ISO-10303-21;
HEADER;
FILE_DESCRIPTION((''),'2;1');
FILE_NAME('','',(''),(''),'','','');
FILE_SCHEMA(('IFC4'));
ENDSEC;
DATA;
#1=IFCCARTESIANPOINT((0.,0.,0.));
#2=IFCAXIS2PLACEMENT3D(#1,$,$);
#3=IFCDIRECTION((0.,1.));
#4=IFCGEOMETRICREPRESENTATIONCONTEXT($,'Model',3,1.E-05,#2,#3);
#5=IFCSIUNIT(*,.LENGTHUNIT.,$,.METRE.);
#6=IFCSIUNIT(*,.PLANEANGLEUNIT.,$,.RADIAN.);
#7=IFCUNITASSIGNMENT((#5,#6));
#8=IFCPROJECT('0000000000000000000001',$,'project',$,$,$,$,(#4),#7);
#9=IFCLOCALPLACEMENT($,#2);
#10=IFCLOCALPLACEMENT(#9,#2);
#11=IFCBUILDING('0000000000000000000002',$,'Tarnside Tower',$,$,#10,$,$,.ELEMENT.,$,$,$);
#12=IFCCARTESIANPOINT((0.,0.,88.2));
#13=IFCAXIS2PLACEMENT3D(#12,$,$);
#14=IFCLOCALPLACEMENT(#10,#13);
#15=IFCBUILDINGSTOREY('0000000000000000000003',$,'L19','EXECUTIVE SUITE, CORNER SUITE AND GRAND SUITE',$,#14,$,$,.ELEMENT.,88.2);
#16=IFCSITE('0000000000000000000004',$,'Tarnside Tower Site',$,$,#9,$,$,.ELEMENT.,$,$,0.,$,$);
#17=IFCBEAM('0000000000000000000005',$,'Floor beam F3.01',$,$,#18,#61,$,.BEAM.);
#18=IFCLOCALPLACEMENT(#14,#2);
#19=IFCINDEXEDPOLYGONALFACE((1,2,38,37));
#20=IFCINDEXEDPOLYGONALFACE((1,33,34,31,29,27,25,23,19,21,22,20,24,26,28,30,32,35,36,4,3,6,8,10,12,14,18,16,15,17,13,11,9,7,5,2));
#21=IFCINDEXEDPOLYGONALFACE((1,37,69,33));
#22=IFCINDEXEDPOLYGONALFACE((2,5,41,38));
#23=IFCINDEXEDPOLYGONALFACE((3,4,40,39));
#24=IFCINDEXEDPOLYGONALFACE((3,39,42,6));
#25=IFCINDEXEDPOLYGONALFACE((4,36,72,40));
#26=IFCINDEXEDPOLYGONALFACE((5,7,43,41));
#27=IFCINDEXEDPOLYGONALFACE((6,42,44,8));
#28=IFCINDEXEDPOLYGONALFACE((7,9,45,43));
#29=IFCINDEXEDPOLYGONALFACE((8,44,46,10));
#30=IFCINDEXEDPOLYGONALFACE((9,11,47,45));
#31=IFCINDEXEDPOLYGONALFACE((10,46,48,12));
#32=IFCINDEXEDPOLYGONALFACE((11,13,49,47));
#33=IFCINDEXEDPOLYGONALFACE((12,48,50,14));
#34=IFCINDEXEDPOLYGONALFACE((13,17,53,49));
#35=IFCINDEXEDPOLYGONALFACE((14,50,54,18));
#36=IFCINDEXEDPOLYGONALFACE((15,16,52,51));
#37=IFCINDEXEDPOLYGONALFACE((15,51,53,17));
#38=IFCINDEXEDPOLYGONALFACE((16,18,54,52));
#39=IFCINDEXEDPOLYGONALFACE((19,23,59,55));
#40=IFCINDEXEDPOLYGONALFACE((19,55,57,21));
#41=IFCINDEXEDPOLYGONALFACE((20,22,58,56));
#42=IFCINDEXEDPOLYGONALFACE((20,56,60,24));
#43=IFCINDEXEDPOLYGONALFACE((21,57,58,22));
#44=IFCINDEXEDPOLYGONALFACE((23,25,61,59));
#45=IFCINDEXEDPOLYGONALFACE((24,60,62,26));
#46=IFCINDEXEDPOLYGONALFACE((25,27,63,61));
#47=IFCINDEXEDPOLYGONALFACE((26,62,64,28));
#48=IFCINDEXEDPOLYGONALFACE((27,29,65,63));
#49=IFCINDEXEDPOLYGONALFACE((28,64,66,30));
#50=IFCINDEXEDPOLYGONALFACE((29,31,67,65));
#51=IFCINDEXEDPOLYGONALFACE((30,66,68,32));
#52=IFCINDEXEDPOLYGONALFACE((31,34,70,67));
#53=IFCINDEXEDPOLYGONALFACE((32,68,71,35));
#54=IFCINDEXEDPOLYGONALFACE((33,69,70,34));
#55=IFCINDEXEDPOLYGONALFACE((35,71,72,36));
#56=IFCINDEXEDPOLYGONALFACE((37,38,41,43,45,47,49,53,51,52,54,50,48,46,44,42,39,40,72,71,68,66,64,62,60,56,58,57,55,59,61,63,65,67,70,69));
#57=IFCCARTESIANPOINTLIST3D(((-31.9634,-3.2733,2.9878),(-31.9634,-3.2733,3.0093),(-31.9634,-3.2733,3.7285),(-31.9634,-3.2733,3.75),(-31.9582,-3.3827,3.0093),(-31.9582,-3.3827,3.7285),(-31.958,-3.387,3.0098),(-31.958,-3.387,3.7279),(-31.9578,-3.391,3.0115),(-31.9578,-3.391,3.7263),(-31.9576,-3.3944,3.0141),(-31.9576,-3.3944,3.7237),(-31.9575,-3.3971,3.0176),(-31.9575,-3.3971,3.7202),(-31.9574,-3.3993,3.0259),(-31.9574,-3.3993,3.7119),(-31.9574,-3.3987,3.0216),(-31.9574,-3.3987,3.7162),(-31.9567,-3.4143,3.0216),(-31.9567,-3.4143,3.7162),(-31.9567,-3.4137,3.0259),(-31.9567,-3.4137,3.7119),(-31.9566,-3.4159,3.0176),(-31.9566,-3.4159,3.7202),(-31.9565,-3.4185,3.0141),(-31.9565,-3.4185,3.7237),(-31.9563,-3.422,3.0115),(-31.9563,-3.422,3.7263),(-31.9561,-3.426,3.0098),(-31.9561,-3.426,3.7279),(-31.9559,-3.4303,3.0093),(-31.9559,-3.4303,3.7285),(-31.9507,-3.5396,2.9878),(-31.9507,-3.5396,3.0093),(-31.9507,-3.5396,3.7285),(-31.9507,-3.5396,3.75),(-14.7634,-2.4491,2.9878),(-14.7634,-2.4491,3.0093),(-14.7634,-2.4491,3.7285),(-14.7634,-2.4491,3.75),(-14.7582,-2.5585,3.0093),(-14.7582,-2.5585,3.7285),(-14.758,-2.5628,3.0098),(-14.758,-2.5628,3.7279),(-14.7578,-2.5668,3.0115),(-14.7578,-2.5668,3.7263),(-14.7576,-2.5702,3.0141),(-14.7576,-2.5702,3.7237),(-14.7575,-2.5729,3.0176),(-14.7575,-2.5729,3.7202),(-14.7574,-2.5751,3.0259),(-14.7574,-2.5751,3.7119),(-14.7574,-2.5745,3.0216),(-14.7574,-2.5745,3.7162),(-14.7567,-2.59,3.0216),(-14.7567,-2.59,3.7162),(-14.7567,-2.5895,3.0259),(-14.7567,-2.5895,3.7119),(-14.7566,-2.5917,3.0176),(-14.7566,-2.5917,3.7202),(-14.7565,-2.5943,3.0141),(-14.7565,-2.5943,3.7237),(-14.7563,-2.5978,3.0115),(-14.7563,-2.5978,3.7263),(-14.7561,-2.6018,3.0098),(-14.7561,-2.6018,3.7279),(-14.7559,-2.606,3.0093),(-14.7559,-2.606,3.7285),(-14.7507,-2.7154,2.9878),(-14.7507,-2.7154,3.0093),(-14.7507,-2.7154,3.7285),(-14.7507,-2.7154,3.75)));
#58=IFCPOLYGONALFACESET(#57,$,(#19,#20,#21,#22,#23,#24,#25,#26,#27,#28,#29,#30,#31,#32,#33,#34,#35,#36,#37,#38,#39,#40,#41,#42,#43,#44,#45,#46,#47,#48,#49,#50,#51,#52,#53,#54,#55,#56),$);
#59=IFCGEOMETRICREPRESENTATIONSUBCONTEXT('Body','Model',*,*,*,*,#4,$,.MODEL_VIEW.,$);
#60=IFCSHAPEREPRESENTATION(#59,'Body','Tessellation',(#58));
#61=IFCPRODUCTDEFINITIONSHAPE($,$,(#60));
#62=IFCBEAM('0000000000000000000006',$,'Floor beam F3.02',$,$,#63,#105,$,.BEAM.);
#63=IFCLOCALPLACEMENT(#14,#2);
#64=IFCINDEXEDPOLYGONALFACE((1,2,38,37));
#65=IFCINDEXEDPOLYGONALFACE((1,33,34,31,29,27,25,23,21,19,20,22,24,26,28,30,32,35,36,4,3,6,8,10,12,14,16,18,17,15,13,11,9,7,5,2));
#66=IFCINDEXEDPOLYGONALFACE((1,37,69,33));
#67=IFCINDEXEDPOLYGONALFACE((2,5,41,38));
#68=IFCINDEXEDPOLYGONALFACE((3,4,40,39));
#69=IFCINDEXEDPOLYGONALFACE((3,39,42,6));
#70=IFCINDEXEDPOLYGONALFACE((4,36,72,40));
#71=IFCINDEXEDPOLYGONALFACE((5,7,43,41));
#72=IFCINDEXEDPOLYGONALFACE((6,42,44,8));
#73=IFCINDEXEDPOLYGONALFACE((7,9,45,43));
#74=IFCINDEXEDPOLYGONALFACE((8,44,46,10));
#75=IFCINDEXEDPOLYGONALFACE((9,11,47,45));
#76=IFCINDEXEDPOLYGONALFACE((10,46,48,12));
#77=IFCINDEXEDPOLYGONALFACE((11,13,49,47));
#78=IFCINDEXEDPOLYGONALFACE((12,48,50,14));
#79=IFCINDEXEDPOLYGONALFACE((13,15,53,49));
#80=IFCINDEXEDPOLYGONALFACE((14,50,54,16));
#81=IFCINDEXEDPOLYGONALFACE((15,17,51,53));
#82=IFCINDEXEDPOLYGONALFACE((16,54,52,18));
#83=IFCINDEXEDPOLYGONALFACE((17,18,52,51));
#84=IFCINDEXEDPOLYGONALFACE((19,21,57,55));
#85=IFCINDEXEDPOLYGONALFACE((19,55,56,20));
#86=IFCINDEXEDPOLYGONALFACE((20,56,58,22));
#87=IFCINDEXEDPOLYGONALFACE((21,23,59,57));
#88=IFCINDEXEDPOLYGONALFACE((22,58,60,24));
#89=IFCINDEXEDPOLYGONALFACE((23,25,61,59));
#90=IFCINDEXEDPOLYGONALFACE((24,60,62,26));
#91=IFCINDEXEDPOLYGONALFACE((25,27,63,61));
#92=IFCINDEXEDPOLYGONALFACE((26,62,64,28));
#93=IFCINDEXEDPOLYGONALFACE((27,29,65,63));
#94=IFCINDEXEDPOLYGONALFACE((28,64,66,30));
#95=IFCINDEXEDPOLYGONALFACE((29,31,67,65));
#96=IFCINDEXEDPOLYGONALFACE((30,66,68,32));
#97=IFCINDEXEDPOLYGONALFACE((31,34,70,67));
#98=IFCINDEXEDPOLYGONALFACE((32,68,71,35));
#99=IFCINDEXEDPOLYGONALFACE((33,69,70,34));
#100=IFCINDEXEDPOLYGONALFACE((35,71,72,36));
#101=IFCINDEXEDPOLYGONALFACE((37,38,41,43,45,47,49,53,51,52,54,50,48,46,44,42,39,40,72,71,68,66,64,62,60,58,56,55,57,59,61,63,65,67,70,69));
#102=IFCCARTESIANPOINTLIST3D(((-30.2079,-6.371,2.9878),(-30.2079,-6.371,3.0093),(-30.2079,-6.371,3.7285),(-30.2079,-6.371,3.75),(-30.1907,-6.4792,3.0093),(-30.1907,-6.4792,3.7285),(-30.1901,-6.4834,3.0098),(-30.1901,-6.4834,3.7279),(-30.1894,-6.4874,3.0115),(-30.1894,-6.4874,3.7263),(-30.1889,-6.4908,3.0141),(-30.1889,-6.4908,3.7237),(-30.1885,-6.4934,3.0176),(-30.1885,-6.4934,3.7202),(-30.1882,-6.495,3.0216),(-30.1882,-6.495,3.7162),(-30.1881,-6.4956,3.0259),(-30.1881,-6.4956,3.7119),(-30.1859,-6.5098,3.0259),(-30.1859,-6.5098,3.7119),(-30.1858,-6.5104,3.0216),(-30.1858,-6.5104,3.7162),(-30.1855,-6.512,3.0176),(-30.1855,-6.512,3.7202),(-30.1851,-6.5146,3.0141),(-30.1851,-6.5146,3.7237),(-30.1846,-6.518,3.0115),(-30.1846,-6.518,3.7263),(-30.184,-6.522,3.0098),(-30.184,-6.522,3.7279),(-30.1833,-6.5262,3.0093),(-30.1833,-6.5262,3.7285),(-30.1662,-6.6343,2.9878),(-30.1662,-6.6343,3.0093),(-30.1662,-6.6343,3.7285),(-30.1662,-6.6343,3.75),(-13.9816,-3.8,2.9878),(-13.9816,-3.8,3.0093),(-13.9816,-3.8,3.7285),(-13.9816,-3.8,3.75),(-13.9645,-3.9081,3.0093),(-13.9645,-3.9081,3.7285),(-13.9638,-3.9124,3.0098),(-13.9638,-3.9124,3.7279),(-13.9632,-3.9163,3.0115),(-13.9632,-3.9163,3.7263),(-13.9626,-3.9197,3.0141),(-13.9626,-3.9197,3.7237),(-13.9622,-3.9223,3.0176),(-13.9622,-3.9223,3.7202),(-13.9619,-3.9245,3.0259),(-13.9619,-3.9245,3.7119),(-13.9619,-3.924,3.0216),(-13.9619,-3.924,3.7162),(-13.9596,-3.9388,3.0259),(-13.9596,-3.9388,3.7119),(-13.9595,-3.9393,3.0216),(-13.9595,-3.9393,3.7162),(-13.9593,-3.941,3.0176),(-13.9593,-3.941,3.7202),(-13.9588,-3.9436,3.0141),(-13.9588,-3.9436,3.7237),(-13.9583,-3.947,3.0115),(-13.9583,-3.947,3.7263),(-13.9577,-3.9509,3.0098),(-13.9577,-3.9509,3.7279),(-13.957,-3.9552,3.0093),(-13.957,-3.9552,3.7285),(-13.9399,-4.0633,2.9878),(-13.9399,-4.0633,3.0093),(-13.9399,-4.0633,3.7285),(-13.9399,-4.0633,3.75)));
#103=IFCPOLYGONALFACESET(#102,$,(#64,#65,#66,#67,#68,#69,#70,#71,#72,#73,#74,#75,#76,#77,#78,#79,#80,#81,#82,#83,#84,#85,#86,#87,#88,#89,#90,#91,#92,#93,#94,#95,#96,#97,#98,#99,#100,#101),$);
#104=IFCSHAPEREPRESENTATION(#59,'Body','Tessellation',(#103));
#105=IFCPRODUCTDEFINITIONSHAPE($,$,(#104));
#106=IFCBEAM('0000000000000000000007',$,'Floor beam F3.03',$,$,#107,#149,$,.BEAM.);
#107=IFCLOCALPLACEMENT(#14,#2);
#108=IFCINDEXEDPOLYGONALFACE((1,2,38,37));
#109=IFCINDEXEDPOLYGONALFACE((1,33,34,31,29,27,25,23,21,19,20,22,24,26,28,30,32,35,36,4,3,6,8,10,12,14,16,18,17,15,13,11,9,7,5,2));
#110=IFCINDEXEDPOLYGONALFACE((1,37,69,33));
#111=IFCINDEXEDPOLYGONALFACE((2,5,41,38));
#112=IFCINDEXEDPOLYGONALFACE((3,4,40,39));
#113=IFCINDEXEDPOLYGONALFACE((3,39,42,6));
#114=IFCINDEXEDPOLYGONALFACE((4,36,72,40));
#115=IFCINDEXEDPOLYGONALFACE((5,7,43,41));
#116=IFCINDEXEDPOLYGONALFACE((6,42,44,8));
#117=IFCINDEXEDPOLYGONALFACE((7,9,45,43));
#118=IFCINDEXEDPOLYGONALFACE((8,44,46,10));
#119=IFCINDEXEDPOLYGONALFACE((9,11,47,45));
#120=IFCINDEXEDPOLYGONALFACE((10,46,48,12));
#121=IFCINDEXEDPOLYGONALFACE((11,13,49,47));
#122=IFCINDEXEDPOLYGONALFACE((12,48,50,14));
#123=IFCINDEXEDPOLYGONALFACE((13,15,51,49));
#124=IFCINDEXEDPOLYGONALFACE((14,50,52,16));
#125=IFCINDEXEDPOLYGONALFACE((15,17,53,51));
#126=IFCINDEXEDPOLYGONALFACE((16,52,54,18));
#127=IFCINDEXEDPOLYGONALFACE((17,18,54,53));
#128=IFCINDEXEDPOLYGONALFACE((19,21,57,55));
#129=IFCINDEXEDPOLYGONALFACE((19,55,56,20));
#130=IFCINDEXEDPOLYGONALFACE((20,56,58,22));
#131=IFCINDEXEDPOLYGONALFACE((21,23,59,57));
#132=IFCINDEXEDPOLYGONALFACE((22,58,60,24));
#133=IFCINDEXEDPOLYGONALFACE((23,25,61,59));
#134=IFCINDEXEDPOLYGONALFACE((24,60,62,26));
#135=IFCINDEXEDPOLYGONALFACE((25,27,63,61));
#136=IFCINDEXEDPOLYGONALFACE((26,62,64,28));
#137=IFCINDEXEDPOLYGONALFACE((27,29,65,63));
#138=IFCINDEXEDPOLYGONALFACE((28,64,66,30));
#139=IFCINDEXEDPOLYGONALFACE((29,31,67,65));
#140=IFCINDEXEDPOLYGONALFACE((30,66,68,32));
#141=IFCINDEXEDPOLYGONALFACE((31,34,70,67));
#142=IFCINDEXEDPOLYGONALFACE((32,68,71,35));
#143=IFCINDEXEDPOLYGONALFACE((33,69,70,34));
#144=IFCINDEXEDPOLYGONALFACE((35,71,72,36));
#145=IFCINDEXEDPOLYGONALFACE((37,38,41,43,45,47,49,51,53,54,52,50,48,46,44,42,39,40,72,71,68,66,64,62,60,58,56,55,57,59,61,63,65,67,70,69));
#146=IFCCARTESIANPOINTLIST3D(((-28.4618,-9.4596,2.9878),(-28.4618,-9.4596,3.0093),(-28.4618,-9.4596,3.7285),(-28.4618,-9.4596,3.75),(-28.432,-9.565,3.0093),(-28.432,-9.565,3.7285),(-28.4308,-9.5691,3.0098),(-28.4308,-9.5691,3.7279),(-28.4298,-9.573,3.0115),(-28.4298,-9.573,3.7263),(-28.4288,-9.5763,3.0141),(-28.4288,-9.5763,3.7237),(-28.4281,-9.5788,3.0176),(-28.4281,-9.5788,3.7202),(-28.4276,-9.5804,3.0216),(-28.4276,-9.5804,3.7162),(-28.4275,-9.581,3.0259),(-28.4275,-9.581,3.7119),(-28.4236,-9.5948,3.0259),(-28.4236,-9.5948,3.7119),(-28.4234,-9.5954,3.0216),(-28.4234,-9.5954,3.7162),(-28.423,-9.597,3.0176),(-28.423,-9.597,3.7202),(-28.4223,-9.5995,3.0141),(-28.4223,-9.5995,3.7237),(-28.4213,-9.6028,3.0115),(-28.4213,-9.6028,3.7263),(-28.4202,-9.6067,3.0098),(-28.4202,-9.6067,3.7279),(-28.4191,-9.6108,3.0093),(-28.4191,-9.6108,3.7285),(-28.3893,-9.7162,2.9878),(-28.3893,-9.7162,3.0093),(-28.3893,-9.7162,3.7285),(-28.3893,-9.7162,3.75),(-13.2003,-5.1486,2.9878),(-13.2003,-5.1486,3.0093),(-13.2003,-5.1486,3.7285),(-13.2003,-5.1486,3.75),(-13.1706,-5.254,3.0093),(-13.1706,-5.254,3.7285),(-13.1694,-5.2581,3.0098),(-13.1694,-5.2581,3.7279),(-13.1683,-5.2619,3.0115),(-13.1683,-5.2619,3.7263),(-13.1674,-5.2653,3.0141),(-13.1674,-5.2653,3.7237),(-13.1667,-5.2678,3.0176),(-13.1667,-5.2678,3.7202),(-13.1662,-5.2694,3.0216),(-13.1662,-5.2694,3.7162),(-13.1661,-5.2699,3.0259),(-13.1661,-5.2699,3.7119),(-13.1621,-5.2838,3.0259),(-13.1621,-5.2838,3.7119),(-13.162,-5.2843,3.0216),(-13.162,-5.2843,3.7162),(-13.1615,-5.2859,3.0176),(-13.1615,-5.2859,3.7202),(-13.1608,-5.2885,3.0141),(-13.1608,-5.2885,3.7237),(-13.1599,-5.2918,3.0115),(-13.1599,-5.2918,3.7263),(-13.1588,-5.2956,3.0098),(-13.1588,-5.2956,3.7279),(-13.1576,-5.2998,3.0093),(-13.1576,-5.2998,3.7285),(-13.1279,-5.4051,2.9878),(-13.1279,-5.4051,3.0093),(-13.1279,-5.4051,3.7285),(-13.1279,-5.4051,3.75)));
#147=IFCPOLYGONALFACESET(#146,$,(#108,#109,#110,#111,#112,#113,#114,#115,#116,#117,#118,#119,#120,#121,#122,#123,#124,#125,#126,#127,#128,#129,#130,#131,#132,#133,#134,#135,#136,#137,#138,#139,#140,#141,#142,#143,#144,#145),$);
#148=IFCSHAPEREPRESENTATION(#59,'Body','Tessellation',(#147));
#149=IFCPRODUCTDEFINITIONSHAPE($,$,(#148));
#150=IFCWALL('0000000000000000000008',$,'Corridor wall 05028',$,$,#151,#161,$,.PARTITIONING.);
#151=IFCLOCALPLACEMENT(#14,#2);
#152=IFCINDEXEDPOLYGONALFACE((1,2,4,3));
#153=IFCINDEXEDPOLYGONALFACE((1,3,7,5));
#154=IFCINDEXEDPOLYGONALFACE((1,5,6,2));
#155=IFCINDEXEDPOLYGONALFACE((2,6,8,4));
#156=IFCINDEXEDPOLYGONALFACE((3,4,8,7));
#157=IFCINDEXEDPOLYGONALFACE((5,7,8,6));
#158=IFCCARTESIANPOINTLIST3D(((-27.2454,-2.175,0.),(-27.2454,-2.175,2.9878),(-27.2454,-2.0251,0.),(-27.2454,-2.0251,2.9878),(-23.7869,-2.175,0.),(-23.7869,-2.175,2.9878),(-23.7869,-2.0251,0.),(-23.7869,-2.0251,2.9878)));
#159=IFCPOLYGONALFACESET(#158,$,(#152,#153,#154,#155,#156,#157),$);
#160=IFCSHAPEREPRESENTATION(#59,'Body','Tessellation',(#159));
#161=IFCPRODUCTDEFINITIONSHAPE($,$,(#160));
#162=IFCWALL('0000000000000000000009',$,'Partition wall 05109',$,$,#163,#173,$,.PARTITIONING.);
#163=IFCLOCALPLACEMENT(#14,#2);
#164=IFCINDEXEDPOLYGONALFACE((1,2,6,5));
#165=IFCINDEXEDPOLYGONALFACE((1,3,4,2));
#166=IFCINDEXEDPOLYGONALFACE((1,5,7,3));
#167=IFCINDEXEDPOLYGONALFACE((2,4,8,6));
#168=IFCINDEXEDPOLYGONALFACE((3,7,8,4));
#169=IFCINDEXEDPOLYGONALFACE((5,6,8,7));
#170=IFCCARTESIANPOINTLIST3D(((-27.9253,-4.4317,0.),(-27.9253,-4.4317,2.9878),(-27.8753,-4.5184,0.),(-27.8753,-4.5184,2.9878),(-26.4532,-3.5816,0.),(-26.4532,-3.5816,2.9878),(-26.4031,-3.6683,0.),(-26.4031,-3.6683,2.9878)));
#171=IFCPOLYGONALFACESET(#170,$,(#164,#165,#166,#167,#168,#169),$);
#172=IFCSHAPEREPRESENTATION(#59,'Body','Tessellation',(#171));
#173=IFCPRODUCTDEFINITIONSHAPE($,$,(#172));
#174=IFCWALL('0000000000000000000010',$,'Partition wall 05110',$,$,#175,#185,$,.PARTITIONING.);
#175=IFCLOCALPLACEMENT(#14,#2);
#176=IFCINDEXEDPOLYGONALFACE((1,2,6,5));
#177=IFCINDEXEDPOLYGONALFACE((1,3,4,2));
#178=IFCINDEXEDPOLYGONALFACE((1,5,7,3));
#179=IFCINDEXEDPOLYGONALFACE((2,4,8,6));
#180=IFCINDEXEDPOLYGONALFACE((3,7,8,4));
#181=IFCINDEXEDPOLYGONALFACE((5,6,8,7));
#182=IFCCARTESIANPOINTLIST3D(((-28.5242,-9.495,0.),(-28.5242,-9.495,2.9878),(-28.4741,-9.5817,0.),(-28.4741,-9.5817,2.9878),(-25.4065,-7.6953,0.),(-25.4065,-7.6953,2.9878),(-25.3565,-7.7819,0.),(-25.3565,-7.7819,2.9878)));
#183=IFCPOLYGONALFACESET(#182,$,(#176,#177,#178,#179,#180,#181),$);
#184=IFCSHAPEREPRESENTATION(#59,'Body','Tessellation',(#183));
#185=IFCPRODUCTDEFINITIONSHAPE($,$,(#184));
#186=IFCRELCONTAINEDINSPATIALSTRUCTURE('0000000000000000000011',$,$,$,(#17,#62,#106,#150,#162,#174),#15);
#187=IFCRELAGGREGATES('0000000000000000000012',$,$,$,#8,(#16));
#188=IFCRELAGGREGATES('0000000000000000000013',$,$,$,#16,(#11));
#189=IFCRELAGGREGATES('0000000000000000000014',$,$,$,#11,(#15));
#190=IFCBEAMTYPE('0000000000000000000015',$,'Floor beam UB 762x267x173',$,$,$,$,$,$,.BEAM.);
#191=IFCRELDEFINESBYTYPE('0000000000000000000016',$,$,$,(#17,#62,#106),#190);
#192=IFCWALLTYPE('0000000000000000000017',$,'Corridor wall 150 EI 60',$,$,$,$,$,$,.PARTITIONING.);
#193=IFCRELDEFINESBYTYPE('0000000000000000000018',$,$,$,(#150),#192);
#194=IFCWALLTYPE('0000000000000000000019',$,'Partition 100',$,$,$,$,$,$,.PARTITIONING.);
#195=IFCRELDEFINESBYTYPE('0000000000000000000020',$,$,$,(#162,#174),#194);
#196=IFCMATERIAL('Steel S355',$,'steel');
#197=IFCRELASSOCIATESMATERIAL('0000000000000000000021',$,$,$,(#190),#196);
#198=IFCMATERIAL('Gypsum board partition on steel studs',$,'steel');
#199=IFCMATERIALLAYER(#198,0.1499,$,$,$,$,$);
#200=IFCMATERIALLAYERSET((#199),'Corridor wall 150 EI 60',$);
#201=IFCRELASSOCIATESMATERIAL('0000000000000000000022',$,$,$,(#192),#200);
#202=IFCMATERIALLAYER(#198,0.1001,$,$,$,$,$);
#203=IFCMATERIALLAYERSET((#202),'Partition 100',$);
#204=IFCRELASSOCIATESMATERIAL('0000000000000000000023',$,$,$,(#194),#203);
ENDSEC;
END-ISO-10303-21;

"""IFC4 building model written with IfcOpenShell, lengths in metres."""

from ifc_helpers import new_model, si_unit, direction, frame, frame_2d, origin, origin_2d, place, context, subcontext, project, spatial, rectangle, i_section, extrude, material, layer, layer_set, material_profile, profile_set, type_object, element, save


model = new_model("IFC4")

# Units and contexts
model_context = context("Model", 3, precision=1e-05, world=origin(), true_north=direction((0.0, 1.0)))
body_context = subcontext(model_context, "Body", "Model", "MODEL_VIEW")
ifc_project = project(units=[si_unit("LENGTHUNIT", "METRE"), si_unit("PLANEANGLEUNIT", "RADIAN")], contexts=[model_context])

# Site, building, storey
site_placement = place(None, origin())
site = spatial("IfcSite", under=ifc_project, at=site_placement, Name="Tarnside Tower Site", CompositionType="ELEMENT", RefElevation=0.0)
building_placement = place(site_placement, origin())
building = spatial("IfcBuilding", under=site, at=building_placement, Name="Tarnside Tower", CompositionType="ELEMENT")
storey_placement = place(building_placement, frame((0.0, 0.0, 88.2)))
storey = spatial("IfcBuildingStorey", under=building, at=storey_placement, Name="L19", Description="EXECUTIVE SUITE, CORNER SUITE AND GRAND SUITE", CompositionType="ELEMENT", Elevation=88.2)

# Beams
ifc_material_1 = material(Name="Steel S355", Category="steel")
ifc_material_profile = material_profile(ifc_material_1, i_section(OverallWidth=0.2666, OverallDepth=0.7622, WebThickness=0.0144, FlangeThickness=0.0215, FilletRadius=0.0166, at=origin_2d()), Name="UB 762x267x173")
ifc_profile_set = profile_set([ifc_material_profile], Name="Steel S355")
beam_type = type_object("IfcBeamType", Name="Floor beam UB 762x267x173", PredefinedType="BEAM", material=ifc_profile_set)
beam_1_placement = place(storey_placement, frame((-31.957, -3.4065, 3.3689), z_axis=(0.998854, 0.047865, 0.0), x_axis=(-0.047865, 0.998854, 0.0)))
element("IfcBeam", 1, at=beam_1_placement, inside=storey, type_object=beam_type, Name="Floor beam F3.01", PredefinedType="BEAM", context=body_context, shape_type="SweptSolid", body=[
    extrude(i_section(OverallWidth=0.2666, OverallDepth=0.7622, WebThickness=0.0144, FlangeThickness=0.0215, FilletRadius=0.0166, at=origin_2d()), origin(), (0.0, 0.0, 1.0), 17.2197),
])
beam_2_placement = place(storey_placement, frame((-30.187, -6.5027, 3.3689), z_axis=(0.987678, 0.156497, 0.0), x_axis=(-0.156497, 0.987678, 0.0)))
element("IfcBeam", 2, at=beam_2_placement, inside=storey, type_object=beam_type, Name="Floor beam F3.02", PredefinedType="BEAM", context=body_context, shape_type="SweptSolid", body=[
    extrude(i_section(OverallWidth=0.2666, OverallDepth=0.7622, WebThickness=0.0144, FlangeThickness=0.0215, FilletRadius=0.0166, at=origin_2d()), origin(), (0.0, 0.0, 1.0), 16.4287),
])
beam_3_placement = place(storey_placement, frame((-28.4255, -9.5879, 3.3689), z_axis=(0.962342, 0.271841, 0.0), x_axis=(-0.271841, 0.962342, 0.0)))
element("IfcBeam", 3, at=beam_3_placement, inside=storey, type_object=beam_type, Name="Floor beam F3.03", PredefinedType="BEAM", context=body_context, shape_type="SweptSolid", body=[
    extrude(i_section(OverallWidth=0.2666, OverallDepth=0.7622, WebThickness=0.0144, FlangeThickness=0.0215, FilletRadius=0.0166, at=origin_2d()), origin(), (0.0, 0.0, 1.0), 15.8586),
])

# Walls
ifc_material_2 = material(Name="Gypsum board partition on steel studs", Category="steel")
ifc_layer_1 = layer(ifc_material_2, 0.1499)
ifc_layer_set_1 = layer_set([ifc_layer_1], Name="Corridor wall 150 EI 60")
wall_type_1 = type_object("IfcWallType", Name="Corridor wall 150 EI 60", PredefinedType="PARTITIONING", material=ifc_layer_set_1)
wall_1_placement = place(storey_placement, frame((-27.2454, -2.1001, 0.0), z_axis=(0.0, 0.0, 1.0), x_axis=(1.0, 0.0, 0.0)))
element("IfcWall", 4, at=wall_1_placement, inside=storey, type_object=wall_type_1, Name="Corridor wall 05028", PredefinedType="PARTITIONING", context=body_context, shape_type="SweptSolid", body=[
    extrude(rectangle(XDim=3.4585, YDim=0.1499, at=frame_2d((1.7292, 0.0))), origin(), (0.0, 0.0, 1.0), 2.9878),
])
ifc_layer_2 = layer(ifc_material_2, 0.1001)
ifc_layer_set_2 = layer_set([ifc_layer_2], Name="Partition 100")
wall_type_2 = type_object("IfcWallType", Name="Partition 100", PredefinedType="PARTITIONING", material=ifc_layer_set_2)
wall_2_placement = place(storey_placement, frame((-27.9004, -4.4751, 0.0), z_axis=(0.0, 0.0, 1.0), x_axis=(0.865989, 0.500062, 0.0)))
element("IfcWall", 5, at=wall_2_placement, inside=storey, type_object=wall_type_2, Name="Partition wall 05109", PredefinedType="PARTITIONING", context=body_context, shape_type="SweptSolid", body=[
    extrude(rectangle(XDim=1.7, YDim=0.1001, at=frame_2d((0.8501, 0.0))), origin(), (0.0, 0.0, 1.0), 2.9878),
])
wall_3_placement = place(storey_placement, frame((-28.499, -9.5383, 0.0), z_axis=(0.0, 0.0, 1.0), x_axis=(0.866048, 0.499961, 0.0)))
element("IfcWall", 6, at=wall_3_placement, inside=storey, type_object=wall_type_2, Name="Partition wall 05110", PredefinedType="PARTITIONING", context=body_context, shape_type="SweptSolid", body=[
    extrude(rectangle(XDim=3.5999, YDim=0.1001, at=frame_2d((1.7998, 0.0))), origin(), (0.0, 0.0, 1.0), 2.9878),
])

save(model, "model.ifc")
